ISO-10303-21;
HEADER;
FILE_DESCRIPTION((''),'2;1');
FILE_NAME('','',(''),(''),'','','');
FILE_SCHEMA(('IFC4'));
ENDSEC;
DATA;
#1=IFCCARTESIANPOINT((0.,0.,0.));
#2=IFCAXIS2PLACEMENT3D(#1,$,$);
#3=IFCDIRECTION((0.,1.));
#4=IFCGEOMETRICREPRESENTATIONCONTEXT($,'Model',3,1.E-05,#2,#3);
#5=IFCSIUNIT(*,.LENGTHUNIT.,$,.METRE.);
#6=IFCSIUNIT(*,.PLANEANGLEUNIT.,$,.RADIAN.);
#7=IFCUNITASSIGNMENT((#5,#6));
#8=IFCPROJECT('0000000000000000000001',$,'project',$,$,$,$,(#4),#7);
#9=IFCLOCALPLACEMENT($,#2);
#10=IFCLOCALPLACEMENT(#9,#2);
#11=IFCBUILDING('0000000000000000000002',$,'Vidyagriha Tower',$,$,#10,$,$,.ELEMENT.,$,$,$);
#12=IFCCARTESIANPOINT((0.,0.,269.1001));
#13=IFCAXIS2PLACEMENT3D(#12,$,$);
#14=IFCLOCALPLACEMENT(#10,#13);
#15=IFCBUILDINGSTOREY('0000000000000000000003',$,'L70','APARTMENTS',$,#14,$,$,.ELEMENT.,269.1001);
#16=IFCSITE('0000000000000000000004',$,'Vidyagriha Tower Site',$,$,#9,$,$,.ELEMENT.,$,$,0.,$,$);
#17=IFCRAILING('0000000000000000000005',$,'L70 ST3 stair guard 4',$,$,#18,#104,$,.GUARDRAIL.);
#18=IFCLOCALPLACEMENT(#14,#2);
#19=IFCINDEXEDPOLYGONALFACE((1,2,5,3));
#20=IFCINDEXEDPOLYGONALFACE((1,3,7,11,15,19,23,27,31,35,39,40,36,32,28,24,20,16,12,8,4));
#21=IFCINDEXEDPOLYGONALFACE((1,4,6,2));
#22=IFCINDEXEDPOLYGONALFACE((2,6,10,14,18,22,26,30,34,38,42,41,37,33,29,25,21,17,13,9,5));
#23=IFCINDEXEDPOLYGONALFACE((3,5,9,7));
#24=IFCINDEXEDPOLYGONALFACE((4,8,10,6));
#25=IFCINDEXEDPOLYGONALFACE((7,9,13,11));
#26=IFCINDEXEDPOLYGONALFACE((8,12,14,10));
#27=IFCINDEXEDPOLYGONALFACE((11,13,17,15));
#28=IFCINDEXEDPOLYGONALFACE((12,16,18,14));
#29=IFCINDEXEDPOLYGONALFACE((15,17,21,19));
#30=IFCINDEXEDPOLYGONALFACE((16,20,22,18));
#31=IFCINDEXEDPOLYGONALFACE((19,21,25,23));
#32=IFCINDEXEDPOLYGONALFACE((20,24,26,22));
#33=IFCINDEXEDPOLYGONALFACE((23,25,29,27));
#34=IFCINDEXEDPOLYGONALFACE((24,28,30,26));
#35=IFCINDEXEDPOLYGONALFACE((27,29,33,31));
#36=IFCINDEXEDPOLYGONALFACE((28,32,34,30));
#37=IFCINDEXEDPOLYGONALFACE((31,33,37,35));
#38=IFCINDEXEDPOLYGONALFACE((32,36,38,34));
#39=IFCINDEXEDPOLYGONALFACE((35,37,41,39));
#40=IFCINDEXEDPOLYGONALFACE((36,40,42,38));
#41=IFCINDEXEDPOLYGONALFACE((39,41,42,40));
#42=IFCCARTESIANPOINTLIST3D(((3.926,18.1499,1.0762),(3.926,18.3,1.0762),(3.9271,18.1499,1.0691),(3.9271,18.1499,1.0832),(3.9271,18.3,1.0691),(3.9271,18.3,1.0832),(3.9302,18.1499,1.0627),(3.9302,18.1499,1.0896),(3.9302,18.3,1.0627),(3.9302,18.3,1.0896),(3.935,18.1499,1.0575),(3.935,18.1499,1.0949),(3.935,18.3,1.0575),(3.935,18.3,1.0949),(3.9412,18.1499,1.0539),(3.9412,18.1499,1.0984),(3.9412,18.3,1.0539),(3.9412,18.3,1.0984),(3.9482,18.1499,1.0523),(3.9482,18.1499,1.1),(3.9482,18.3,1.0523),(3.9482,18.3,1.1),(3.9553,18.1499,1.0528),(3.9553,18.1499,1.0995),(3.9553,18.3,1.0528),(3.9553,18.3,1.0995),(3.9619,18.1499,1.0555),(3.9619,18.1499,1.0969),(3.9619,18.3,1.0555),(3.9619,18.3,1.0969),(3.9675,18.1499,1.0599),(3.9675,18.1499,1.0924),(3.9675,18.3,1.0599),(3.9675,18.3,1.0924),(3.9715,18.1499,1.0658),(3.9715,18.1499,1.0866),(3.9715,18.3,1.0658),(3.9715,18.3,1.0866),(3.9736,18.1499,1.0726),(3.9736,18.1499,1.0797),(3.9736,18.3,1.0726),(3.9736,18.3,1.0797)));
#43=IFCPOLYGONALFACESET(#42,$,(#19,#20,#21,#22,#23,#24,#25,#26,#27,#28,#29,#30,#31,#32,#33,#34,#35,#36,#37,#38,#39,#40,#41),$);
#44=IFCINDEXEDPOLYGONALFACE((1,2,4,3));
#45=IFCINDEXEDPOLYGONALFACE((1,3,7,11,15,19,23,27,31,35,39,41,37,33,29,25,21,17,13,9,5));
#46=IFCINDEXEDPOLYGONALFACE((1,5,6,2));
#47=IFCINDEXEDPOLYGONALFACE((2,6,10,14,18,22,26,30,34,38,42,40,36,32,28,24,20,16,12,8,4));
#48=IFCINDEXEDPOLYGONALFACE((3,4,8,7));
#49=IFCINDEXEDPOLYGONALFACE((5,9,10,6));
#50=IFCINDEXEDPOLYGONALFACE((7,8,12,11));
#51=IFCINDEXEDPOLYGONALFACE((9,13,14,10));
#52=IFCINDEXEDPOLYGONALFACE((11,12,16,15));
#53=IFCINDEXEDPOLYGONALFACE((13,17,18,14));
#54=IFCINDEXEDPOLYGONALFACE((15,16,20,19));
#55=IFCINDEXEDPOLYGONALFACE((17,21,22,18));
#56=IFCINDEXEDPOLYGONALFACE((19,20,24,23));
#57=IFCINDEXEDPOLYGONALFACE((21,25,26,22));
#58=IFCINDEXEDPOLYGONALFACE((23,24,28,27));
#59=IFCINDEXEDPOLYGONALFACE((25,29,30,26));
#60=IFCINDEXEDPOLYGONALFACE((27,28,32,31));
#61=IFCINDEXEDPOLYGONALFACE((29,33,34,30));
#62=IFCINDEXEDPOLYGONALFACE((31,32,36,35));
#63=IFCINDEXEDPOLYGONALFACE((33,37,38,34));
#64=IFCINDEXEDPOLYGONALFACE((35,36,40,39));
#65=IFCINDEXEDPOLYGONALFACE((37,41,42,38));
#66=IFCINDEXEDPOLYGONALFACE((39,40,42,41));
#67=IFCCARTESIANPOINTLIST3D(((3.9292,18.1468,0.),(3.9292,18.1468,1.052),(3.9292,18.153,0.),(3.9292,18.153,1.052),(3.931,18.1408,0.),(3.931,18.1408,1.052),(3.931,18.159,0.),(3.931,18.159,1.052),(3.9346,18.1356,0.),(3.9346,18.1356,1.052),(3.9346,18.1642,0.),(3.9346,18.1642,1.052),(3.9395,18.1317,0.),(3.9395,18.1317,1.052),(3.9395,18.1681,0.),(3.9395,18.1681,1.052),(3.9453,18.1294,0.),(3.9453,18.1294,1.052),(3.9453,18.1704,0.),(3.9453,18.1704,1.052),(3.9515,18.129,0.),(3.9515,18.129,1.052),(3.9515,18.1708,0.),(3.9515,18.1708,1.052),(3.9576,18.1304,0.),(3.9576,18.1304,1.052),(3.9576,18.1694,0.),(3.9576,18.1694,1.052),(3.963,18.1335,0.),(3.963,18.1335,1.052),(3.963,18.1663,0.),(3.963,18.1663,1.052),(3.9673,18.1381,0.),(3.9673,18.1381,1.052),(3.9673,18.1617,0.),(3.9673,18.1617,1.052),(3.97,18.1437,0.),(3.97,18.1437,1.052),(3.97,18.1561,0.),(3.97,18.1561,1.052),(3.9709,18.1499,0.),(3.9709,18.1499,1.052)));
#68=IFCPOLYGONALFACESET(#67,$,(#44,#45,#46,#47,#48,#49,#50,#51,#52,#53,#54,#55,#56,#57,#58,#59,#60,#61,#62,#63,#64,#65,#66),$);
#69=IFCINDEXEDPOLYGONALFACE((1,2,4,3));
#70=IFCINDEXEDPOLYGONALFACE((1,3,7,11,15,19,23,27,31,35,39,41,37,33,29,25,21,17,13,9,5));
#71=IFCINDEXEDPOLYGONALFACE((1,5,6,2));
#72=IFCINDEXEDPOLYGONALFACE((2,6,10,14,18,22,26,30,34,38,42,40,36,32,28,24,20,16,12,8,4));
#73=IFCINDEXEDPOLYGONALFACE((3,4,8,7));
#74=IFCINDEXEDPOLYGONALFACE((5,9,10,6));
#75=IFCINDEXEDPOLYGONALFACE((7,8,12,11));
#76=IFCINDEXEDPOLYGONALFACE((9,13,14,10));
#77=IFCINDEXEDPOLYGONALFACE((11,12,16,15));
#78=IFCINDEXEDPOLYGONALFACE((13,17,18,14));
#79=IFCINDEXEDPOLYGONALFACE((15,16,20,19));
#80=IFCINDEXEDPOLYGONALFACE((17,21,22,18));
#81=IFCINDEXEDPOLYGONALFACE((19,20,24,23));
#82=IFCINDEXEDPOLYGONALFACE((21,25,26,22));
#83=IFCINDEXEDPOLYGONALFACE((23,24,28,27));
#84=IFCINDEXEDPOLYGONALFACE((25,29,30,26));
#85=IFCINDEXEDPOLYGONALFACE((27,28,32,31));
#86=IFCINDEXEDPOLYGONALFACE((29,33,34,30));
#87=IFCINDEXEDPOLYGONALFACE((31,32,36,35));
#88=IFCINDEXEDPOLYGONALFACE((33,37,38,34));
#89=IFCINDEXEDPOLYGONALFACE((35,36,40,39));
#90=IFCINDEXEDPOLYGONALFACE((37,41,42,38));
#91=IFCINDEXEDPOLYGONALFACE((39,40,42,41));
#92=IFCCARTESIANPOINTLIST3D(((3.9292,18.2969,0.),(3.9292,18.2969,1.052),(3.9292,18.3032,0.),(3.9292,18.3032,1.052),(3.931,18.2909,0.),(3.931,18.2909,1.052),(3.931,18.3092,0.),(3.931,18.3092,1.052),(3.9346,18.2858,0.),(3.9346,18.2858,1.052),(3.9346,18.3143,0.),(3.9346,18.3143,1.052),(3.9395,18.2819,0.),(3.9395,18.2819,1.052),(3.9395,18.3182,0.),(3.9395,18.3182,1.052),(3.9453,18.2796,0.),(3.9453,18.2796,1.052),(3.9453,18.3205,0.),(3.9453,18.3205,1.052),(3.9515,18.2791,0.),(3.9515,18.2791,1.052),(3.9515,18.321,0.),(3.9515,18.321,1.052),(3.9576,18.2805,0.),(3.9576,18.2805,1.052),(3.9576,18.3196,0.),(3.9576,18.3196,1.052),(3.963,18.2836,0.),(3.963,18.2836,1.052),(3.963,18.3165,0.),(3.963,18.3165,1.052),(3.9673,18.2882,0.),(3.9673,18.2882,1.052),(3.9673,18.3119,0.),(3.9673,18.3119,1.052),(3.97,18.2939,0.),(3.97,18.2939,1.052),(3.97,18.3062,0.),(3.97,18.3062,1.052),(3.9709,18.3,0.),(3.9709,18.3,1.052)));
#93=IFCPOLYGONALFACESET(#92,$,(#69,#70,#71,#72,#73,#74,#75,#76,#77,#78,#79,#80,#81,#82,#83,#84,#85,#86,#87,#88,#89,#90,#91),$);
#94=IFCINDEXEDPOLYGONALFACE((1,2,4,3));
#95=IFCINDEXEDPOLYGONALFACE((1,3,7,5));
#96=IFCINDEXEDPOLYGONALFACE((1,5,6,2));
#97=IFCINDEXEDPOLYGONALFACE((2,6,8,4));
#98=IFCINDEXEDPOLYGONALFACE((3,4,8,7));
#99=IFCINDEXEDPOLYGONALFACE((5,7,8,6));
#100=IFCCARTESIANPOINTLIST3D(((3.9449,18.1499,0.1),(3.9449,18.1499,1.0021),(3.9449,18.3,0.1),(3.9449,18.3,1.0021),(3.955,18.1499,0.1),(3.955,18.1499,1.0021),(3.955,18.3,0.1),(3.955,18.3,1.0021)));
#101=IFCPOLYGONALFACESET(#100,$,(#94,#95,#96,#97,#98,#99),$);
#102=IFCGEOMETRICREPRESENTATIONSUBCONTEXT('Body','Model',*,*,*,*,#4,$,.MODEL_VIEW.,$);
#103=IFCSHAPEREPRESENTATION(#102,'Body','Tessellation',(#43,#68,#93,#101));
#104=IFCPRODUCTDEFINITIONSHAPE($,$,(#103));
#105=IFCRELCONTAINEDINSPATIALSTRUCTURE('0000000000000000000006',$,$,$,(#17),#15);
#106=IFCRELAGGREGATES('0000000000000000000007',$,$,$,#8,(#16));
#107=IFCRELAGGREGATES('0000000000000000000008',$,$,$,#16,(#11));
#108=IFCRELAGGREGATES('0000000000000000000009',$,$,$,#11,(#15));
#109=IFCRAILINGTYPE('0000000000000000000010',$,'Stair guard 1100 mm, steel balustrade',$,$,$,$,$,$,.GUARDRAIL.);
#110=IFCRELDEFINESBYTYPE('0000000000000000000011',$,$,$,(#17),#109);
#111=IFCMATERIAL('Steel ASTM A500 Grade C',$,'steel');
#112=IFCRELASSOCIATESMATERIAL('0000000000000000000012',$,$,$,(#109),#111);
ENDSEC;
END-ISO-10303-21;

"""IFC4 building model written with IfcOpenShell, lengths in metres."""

from ifc_helpers import new_model, si_unit, direction, frame, origin, origin_2d, place, context, subcontext, project, spatial, rectangle, circle, extrude, material, type_object, element, save


model = new_model("IFC4")

# Units and contexts
model_context = context("Model", 3, precision=1e-05, world=origin(), true_north=direction((0.0, 1.0)))
body_context = subcontext(model_context, "Body", "Model", "MODEL_VIEW")
ifc_project = project(units=[si_unit("LENGTHUNIT", "METRE"), si_unit("PLANEANGLEUNIT", "RADIAN")], contexts=[model_context])

# Site, building, storey
site_placement = place(None, origin())
site = spatial("IfcSite", under=ifc_project, at=site_placement, Name="Vidyagriha Tower Site", CompositionType="ELEMENT", RefElevation=0.0)
building_placement = place(site_placement, origin())
building = spatial("IfcBuilding", under=site, at=building_placement, Name="Vidyagriha Tower", CompositionType="ELEMENT")
storey_placement = place(building_placement, frame((0.0, 0.0, 269.1001)))
storey = spatial("IfcBuildingStorey", under=building, at=storey_placement, Name="L70", Description="APARTMENTS", CompositionType="ELEMENT", Elevation=269.1001)

# Railing
ifc_material_1 = material(Name="Steel ASTM A500 Grade C", Category="steel")
railing_type_1 = type_object("IfcRailingType", Name="Stair guard 1100 mm, steel balustrade", PredefinedType="GUARDRAIL", material=ifc_material_1)
railing_1_placement = place(storey_placement, frame((3.95, 18.1499, 0.0)))
element("IfcRailing", 1, at=railing_1_placement, inside=storey, type_object=railing_type_1, Name="L70 ST3 stair guard 4", PredefinedType="GUARDRAIL", context=body_context, shape_type="SweptSolid", body=[
    extrude(circle(Radius=0.0239, at=origin_2d()), frame((0.0, 0.0, 1.0762), z_axis=(0.0, 1.0, 0.0), x_axis=(-1.0, 0.0, 0.0)), (0.0, 0.0, 1.0), 0.1501),
    extrude(circle(Radius=0.021, at=origin_2d()), origin(), (0.0, 0.0, 1.0), 1.052),
    extrude(circle(Radius=0.021, at=origin_2d()), frame((0.0, 0.1501, 0.0)), (0.0, 0.0, 1.0), 1.052),
    extrude(rectangle(XDim=0.01, YDim=0.9021, at=origin_2d()), frame((0.0, 0.0, 0.551), z_axis=(0.0, 1.0, 0.0), x_axis=(-1.0, 0.0, 0.0)), (0.0, 0.0, 1.0), 0.1501),
])

save(model, "model.ifc")
